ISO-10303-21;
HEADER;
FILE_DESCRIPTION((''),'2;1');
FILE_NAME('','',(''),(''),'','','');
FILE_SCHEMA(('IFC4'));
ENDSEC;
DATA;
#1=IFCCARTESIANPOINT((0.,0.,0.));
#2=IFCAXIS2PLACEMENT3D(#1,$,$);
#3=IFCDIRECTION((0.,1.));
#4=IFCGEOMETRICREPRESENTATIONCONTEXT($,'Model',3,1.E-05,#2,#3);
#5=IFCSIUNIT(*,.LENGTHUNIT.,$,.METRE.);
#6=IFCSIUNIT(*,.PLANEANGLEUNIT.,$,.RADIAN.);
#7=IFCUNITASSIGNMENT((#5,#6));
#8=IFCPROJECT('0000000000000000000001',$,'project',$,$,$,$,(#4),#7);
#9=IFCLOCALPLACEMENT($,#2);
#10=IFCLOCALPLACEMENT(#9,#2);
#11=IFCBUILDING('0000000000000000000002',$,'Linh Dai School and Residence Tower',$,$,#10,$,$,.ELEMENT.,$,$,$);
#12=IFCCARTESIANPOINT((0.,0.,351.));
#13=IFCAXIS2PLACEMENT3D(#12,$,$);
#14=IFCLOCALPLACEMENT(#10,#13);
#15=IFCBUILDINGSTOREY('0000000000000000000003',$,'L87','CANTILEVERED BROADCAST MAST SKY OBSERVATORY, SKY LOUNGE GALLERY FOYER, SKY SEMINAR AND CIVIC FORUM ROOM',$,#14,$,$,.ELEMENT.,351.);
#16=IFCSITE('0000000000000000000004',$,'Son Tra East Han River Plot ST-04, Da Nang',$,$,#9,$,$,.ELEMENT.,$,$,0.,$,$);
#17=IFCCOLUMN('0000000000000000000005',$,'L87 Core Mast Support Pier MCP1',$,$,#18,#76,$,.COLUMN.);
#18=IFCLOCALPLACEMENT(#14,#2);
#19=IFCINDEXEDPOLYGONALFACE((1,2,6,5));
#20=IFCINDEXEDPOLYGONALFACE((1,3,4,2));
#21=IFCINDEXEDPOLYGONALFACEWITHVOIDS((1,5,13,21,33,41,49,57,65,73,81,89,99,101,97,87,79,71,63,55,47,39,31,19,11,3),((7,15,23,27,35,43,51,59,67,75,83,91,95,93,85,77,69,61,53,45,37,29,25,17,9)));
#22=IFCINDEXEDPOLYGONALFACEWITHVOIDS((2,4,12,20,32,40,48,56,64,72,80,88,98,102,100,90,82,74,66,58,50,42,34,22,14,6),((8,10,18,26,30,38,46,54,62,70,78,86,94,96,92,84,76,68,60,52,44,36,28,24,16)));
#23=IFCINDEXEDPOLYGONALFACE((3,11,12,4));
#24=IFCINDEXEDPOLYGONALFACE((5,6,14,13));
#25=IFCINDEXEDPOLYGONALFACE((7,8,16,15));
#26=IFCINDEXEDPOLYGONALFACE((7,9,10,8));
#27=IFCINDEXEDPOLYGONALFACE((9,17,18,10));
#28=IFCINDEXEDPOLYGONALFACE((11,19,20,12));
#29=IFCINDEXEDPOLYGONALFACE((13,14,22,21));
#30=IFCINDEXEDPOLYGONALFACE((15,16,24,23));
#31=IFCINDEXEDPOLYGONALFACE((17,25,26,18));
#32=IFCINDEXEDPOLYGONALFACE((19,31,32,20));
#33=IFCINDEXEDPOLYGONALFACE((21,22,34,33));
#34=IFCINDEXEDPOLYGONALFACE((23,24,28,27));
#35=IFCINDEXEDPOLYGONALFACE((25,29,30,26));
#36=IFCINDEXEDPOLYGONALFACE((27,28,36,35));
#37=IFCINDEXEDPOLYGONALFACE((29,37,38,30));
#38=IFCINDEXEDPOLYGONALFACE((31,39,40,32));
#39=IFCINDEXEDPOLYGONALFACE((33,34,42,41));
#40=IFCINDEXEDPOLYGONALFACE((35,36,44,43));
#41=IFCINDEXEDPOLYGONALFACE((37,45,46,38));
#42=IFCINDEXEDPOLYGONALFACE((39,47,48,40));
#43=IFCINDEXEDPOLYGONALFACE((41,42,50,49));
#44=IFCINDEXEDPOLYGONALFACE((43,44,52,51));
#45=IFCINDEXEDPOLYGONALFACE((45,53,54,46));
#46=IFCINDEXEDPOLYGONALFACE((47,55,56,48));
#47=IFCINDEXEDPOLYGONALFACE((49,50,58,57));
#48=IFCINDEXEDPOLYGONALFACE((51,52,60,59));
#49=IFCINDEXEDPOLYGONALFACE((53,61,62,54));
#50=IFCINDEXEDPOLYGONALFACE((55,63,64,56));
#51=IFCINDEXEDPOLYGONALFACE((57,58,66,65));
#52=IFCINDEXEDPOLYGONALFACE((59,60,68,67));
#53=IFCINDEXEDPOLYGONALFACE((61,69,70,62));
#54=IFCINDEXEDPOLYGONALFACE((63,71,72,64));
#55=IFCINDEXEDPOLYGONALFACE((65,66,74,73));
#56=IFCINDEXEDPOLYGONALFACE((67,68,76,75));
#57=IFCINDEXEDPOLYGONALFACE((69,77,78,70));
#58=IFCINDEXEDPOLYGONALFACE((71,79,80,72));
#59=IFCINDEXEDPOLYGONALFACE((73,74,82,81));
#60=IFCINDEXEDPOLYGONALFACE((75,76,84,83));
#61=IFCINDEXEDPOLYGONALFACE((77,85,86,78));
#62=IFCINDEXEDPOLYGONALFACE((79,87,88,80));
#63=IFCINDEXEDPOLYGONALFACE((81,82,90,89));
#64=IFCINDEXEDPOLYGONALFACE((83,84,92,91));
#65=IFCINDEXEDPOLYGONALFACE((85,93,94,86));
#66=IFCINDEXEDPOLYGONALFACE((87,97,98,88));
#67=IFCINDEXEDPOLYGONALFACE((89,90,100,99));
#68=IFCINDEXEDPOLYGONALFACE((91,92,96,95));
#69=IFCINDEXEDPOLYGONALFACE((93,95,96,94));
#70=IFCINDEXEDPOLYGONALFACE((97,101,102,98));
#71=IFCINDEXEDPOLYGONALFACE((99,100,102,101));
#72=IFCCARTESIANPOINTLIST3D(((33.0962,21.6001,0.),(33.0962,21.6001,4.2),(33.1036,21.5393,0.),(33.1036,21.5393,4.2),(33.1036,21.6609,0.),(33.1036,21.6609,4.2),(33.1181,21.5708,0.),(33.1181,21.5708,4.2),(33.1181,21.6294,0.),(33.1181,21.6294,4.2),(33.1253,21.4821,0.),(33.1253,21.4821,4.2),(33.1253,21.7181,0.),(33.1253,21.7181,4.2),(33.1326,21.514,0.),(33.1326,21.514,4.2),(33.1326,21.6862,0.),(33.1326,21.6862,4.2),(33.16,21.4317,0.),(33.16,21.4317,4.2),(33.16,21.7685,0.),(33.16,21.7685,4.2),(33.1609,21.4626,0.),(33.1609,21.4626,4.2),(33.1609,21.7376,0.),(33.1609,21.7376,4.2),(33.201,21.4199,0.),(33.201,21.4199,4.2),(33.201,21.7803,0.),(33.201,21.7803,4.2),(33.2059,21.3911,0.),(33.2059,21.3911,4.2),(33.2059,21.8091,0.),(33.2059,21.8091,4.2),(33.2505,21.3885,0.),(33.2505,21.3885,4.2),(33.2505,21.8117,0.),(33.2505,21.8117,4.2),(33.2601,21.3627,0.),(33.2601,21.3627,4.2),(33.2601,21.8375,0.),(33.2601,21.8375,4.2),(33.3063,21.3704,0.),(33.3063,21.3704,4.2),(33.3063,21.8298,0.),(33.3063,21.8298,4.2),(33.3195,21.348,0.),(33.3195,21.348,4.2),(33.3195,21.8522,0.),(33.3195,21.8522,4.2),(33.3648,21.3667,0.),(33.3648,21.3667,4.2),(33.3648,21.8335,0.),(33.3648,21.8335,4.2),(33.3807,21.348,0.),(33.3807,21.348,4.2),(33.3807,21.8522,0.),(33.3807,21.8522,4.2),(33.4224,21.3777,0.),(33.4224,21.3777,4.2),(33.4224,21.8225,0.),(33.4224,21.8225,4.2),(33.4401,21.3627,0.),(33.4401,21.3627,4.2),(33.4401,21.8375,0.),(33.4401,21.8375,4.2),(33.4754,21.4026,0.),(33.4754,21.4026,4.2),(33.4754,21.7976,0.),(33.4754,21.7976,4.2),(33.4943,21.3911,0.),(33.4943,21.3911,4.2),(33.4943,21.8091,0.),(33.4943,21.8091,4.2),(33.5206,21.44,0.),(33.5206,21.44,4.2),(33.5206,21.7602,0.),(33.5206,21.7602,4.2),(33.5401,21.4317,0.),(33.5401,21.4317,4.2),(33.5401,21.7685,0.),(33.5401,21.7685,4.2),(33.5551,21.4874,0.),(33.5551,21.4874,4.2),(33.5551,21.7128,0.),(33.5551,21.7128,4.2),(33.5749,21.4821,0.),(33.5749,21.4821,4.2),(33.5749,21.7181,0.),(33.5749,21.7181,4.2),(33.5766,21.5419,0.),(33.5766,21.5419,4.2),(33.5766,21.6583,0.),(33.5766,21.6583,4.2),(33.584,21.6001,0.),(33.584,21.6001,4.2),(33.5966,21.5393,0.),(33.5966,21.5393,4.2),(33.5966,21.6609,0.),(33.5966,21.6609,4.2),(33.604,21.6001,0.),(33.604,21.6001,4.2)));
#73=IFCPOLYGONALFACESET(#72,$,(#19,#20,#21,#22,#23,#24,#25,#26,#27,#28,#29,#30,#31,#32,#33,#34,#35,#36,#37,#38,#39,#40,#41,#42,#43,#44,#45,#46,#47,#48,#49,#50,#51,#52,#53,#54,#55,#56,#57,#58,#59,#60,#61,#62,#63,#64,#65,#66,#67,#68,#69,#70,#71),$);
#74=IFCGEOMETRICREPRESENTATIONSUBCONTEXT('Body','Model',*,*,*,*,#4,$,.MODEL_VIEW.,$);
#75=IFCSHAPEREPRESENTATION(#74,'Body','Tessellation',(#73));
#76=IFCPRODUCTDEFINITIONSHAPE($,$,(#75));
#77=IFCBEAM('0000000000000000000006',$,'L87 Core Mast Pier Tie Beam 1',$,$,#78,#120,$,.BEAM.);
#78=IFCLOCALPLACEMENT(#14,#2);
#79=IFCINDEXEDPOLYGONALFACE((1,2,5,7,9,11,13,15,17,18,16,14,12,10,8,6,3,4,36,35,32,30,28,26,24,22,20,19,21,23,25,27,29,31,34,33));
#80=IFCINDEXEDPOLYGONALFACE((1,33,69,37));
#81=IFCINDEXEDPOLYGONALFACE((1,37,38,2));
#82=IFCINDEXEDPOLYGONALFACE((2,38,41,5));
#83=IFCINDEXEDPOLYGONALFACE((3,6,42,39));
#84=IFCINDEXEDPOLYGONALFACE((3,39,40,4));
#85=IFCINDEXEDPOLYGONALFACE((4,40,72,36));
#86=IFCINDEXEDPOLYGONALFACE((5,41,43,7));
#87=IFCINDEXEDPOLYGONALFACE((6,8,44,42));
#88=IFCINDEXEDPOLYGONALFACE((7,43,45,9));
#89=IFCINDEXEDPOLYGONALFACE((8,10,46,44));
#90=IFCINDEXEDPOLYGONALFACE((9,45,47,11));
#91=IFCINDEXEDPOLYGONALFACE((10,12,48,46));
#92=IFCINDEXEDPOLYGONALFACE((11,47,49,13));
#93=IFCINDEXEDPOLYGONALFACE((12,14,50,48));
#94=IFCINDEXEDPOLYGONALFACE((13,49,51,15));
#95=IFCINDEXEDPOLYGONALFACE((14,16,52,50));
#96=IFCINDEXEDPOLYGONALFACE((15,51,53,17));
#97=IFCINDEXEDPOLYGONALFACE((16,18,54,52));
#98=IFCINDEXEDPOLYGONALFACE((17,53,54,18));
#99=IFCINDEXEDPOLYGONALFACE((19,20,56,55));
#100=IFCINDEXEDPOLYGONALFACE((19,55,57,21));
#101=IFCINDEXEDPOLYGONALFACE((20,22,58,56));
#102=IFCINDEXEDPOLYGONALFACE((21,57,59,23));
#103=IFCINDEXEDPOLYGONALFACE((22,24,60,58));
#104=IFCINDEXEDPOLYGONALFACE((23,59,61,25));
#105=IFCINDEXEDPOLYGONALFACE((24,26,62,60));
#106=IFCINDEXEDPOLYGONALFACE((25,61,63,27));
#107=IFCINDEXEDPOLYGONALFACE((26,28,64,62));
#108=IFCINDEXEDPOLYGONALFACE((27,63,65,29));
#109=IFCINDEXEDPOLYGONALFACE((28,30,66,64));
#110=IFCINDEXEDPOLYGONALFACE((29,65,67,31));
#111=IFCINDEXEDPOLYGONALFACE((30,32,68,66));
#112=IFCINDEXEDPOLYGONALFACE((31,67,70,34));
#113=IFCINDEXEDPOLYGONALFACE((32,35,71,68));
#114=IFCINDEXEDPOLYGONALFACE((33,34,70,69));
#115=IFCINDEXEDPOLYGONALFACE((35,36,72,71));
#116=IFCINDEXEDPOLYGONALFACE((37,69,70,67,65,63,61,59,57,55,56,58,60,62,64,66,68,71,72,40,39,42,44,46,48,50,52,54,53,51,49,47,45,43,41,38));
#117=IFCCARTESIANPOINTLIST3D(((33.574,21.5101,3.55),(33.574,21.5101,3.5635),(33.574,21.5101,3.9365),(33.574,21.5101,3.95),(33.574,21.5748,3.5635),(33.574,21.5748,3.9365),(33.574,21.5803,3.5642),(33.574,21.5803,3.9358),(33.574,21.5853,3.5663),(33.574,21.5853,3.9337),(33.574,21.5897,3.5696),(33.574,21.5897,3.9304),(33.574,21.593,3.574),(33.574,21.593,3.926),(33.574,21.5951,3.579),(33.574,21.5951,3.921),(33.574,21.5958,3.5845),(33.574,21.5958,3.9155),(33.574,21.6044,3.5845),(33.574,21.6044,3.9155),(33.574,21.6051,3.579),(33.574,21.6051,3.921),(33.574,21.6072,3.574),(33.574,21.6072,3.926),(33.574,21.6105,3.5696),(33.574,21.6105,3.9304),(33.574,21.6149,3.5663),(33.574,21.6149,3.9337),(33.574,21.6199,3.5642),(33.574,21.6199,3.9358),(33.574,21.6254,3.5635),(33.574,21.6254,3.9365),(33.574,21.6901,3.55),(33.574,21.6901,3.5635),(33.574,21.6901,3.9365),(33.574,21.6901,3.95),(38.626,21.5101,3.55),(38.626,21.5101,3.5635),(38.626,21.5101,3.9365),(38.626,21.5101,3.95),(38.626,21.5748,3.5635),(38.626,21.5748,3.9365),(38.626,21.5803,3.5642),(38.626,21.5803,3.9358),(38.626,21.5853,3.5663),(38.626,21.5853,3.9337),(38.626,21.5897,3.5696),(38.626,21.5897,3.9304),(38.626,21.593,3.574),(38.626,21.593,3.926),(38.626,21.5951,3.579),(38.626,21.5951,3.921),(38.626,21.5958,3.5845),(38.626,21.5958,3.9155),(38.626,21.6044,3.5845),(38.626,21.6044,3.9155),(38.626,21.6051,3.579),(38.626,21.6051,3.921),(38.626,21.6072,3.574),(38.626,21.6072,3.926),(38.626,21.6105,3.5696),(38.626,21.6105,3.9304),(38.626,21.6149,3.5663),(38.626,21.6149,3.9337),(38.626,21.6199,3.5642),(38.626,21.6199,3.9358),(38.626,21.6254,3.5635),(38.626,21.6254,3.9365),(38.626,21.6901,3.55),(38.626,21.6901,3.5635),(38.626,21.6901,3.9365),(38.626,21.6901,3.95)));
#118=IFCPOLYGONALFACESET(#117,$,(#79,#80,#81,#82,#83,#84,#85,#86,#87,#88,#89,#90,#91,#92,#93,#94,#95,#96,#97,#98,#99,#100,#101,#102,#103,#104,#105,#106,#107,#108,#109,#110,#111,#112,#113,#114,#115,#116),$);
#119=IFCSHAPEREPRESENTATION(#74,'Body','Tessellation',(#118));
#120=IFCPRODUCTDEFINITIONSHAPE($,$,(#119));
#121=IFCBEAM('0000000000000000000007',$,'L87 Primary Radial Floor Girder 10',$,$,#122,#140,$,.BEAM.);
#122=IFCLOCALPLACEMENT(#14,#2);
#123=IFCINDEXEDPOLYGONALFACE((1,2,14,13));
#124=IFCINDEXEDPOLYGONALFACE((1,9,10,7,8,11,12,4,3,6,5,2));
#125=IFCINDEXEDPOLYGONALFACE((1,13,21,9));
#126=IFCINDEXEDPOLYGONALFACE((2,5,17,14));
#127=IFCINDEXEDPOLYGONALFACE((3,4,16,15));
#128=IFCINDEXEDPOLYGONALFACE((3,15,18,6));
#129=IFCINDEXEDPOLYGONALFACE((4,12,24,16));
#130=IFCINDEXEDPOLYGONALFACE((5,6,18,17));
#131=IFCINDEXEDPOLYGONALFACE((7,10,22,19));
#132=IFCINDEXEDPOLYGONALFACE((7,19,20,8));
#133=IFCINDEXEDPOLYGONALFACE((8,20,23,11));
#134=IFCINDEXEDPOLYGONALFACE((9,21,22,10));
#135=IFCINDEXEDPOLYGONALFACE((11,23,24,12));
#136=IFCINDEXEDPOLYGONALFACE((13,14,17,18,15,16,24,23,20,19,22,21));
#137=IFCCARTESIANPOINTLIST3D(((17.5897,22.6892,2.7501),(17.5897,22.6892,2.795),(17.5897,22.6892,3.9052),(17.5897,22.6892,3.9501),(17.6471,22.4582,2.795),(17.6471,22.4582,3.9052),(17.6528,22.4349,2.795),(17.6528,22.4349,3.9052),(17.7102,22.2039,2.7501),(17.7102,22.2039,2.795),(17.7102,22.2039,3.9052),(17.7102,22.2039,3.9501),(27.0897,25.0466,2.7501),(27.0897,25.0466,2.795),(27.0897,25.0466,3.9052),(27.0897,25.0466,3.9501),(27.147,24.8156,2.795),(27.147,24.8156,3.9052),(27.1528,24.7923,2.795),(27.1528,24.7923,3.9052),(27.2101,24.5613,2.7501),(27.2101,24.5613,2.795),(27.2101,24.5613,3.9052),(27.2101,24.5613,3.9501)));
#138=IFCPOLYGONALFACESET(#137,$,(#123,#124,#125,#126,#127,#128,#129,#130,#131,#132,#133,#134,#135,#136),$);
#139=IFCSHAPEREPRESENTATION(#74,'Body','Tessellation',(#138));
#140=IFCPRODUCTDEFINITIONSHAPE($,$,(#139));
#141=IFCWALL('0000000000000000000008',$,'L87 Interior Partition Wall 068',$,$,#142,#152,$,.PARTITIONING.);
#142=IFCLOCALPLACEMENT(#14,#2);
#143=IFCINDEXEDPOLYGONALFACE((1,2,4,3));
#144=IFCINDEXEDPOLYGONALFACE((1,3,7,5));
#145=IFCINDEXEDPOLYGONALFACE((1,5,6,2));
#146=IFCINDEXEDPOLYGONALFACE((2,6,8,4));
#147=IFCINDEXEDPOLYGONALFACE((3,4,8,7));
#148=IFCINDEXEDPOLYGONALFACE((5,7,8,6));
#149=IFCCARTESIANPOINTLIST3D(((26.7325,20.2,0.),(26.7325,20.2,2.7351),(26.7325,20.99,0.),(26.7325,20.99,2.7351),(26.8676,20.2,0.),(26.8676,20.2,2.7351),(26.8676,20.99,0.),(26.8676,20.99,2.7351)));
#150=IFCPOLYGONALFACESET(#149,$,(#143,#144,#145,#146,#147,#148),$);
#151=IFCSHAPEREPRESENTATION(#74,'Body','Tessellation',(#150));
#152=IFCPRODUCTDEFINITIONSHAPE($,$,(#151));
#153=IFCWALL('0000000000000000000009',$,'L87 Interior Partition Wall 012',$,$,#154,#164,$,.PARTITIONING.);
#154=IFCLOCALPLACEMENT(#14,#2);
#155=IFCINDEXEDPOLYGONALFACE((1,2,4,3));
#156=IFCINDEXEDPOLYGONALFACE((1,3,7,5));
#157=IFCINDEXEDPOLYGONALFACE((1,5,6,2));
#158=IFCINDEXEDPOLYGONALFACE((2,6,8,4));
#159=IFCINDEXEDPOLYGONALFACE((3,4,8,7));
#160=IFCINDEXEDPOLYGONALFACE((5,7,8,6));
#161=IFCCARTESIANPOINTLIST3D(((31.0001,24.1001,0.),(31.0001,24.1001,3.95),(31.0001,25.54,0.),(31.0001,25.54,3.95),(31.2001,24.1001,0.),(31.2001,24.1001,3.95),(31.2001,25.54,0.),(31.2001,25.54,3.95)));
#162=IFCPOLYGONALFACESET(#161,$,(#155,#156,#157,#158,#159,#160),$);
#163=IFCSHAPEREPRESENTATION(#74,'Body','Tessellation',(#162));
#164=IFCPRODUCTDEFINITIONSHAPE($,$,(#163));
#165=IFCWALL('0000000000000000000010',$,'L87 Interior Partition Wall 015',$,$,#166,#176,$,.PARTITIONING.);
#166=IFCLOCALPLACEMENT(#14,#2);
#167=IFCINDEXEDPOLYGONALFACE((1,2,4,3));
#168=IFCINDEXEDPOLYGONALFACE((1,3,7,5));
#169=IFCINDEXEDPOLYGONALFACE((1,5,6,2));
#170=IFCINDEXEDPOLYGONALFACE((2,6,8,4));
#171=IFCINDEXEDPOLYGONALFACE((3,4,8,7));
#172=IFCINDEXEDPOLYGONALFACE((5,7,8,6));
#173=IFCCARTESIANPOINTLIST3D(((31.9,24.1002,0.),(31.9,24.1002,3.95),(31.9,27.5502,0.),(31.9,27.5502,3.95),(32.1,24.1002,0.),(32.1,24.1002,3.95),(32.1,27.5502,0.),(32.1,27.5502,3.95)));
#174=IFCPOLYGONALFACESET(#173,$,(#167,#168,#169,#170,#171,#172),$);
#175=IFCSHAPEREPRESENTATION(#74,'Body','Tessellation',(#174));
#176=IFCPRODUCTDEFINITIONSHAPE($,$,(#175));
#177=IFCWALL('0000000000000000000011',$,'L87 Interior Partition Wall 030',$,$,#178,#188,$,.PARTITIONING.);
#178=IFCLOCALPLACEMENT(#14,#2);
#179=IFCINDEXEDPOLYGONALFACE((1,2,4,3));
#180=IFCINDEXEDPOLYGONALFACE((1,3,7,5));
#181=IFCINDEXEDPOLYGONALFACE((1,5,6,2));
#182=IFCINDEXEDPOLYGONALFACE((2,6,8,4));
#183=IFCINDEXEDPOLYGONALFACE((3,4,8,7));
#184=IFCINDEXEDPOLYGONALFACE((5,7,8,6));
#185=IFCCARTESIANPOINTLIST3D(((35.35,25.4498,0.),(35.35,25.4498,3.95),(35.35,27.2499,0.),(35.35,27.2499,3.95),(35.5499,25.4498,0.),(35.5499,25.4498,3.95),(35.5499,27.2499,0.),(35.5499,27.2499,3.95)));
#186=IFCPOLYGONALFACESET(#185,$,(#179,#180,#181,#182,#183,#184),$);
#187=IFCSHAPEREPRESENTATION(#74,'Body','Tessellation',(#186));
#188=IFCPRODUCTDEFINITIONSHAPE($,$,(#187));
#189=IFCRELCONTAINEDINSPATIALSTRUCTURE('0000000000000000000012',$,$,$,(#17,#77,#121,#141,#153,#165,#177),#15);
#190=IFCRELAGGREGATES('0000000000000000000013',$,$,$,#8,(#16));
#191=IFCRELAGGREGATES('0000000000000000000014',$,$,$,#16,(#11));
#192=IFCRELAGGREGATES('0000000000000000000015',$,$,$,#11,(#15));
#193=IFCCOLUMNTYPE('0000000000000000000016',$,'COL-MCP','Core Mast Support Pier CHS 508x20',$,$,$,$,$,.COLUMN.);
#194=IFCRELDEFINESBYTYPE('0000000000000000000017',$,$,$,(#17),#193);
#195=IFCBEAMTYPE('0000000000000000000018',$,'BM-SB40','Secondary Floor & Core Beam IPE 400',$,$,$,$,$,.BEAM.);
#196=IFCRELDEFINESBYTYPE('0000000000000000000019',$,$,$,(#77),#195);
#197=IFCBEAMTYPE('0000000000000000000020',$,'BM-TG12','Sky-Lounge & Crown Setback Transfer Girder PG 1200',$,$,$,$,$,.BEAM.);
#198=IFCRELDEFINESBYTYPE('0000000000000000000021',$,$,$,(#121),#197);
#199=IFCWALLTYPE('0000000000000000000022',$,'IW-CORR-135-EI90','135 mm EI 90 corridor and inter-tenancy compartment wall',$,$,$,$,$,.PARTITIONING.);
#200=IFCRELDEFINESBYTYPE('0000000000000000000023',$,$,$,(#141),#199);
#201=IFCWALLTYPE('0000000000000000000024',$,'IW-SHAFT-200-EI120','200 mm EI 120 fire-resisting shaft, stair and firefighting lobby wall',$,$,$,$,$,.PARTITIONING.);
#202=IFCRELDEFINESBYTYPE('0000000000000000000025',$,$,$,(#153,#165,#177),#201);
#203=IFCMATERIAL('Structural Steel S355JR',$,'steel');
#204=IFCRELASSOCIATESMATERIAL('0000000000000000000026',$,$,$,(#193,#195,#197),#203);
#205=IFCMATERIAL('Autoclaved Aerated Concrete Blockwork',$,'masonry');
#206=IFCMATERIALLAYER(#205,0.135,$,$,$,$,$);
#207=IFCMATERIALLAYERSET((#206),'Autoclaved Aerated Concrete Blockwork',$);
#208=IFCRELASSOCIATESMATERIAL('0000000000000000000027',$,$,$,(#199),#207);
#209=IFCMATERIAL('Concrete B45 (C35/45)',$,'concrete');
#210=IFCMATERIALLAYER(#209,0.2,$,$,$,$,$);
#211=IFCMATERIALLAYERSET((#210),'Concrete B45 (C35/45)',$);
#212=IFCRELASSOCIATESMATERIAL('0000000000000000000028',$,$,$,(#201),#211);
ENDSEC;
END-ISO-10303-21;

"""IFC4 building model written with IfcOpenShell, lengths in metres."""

from ifc_helpers import new_model, si_unit, direction, frame, frame_2d, origin, origin_2d, place, context, subcontext, project, spatial, rectangle, hollow_circle, i_section, extrude, material, layer, layer_set, material_profile, profile_set, type_object, element, save


model = new_model("IFC4")

# Units and contexts
model_context = context("Model", 3, precision=1e-05, world=origin(), true_north=direction((0.0, 1.0)))
body_context = subcontext(model_context, "Body", "Model", "MODEL_VIEW")
ifc_project = project(units=[si_unit("LENGTHUNIT", "METRE"), si_unit("PLANEANGLEUNIT", "RADIAN")], contexts=[model_context])

# Site, building, storey
site_placement = place(None, origin())
site = spatial("IfcSite", under=ifc_project, at=site_placement, Name="Son Tra East Han River Plot ST-04, Da Nang", CompositionType="ELEMENT", RefElevation=0.0)
building_placement = place(site_placement, origin())
building = spatial("IfcBuilding", under=site, at=building_placement, Name="Linh Dai School and Residence Tower", CompositionType="ELEMENT")
storey_placement = place(building_placement, frame((0.0, 0.0, 351.0)))
storey = spatial("IfcBuildingStorey", under=building, at=storey_placement, Name="L87", Description="CANTILEVERED BROADCAST MAST SKY OBSERVATORY, SKY LOUNGE GALLERY FOYER, SKY SEMINAR AND CIVIC FORUM ROOM", CompositionType="ELEMENT", Elevation=351.0)

# Column
ifc_material_1 = material(Name="Structural Steel S355JR", Category="steel")
ifc_material_profile_1 = material_profile(ifc_material_1, hollow_circle(Radius=0.2539, WallThickness=0.02, at=origin_2d()), Name="CHS 508x20")
ifc_profile_set_1 = profile_set([ifc_material_profile_1], Name="Structural Steel S355JR")
column_type = type_object("IfcColumnType", Name="COL-MCP", Description="Core Mast Support Pier CHS 508x20", PredefinedType="COLUMN", material=ifc_profile_set_1)
column_placement = place(storey_placement, frame((33.3501, 21.6001, 0.0), z_axis=(0.0, 0.0, 1.0), x_axis=(1.0, 0.0, 0.0)))
element("IfcColumn", 1, at=column_placement, inside=storey, type_object=column_type, Name="L87 Core Mast Support Pier MCP1", PredefinedType="COLUMN", context=body_context, shape_type="SweptSolid", body=[
    extrude(hollow_circle(Radius=0.2539, WallThickness=0.02, at=origin_2d()), origin(), (0.0, 0.0, 1.0), 4.2),
])

# Beams
ifc_material_profile_2 = material_profile(ifc_material_1, i_section(OverallWidth=0.1799, OverallDepth=0.3999, WebThickness=0.0085, FlangeThickness=0.0134, FilletRadius=0.021, at=origin_2d()), Name="IPE 400")
ifc_profile_set_2 = profile_set([ifc_material_profile_2], Name="Structural Steel S355JR")
beam_type_1 = type_object("IfcBeamType", Name="BM-SB40", Description="Secondary Floor & Core Beam IPE 400", PredefinedType="BEAM", material=ifc_profile_set_2)
beam_1_placement = place(storey_placement, frame((33.574, 21.6001, 3.75), z_axis=(1.0, 0.0, 0.0), x_axis=(0.0, 1.0, 0.0)))
element("IfcBeam", 2, at=beam_1_placement, inside=storey, type_object=beam_type_1, Name="L87 Core Mast Pier Tie Beam 1", PredefinedType="BEAM", context=body_context, shape_type="SweptSolid", body=[
    extrude(i_section(OverallWidth=0.1799, OverallDepth=0.3999, WebThickness=0.0085, FlangeThickness=0.0134, FilletRadius=0.021, at=origin_2d()), origin(), (0.0, 0.0, 1.0), 5.052),
])
ifc_material_profile_3 = material_profile(ifc_material_1, i_section(OverallWidth=0.5, OverallDepth=1.2, WebThickness=0.0239, FlangeThickness=0.0449, at=origin_2d()), Name="PG 1200x500x24x45")
ifc_profile_set_3 = profile_set([ifc_material_profile_3], Name="Structural Steel S355JR")
beam_type_2 = type_object("IfcBeamType", Name="BM-TG12", Description="Sky-Lounge & Crown Setback Transfer Girder PG 1200", PredefinedType="BEAM", material=ifc_profile_set_3)
beam_2_placement = place(storey_placement, frame((27.1499, 24.804, 3.3501), z_axis=(-0.970564, -0.240845, 0.0), x_axis=(0.240845, -0.970564, 0.0)))
element("IfcBeam", 3, at=beam_2_placement, inside=storey, type_object=beam_type_2, Name="L87 Primary Radial Floor Girder 10", PredefinedType="BEAM", context=body_context, shape_type="SweptSolid", body=[
    extrude(i_section(OverallWidth=0.5, OverallDepth=1.2, WebThickness=0.0239, FlangeThickness=0.0449, at=origin_2d()), origin(), (0.0, 0.0, 1.0), 9.7881),
])

# Shared definitions
ifc_material_2 = material(Name="Autoclaved Aerated Concrete Blockwork", Category="masonry")
ifc_layer_1 = layer(ifc_material_2, 0.135)
ifc_layer_set_1 = layer_set([ifc_layer_1], Name="Autoclaved Aerated Concrete Blockwork")
wall_type_1 = type_object("IfcWallType", Name="IW-CORR-135-EI90", Description="135 mm EI 90 corridor and inter-tenancy compartment wall", PredefinedType="PARTITIONING", material=ifc_layer_set_1)

# Wall
wall_1_placement = place(storey_placement, frame((26.8, 20.99, 0.0), z_axis=(0.0, 0.0, 1.0), x_axis=(0.0, -1.0, 0.0)))
element("IfcWall", 4, at=wall_1_placement, inside=storey, type_object=wall_type_1, Name="L87 Interior Partition Wall 068", PredefinedType="PARTITIONING", context=body_context, shape_type="SweptSolid", body=[
    extrude(rectangle(XDim=0.79, YDim=0.135, at=frame_2d((0.395, 0.0))), origin(), (0.0, 0.0, 1.0), 2.7351),
])

# Shared definitions
ifc_material_3 = material(Name="Concrete B45 (C35/45)", Category="concrete")
ifc_layer_2 = layer(ifc_material_3, 0.2)
ifc_layer_set_2 = layer_set([ifc_layer_2], Name="Concrete B45 (C35/45)")
wall_type_2 = type_object("IfcWallType", Name="IW-SHAFT-200-EI120", Description="200 mm EI 120 fire-resisting shaft, stair and firefighting lobby wall", PredefinedType="PARTITIONING", material=ifc_layer_set_2)

# Walls
wall_2_placement = place(storey_placement, frame((31.1001, 24.1001, 0.0), z_axis=(0.0, 0.0, 1.0), x_axis=(0.0, 1.0, 0.0)))
element("IfcWall", 5, at=wall_2_placement, inside=storey, type_object=wall_type_2, Name="L87 Interior Partition Wall 012", PredefinedType="PARTITIONING", context=body_context, shape_type="SweptSolid", body=[
    extrude(rectangle(XDim=1.4399, YDim=0.2, at=frame_2d((0.72, 0.0))), origin(), (0.0, 0.0, 1.0), 3.95),
])
wall_3_placement = place(storey_placement, frame((32.0, 24.1001, 0.0), z_axis=(0.0, 0.0, 1.0), x_axis=(0.0, 1.0, 0.0)))
element("IfcWall", 6, at=wall_3_placement, inside=storey, type_object=wall_type_2, Name="L87 Interior Partition Wall 015", PredefinedType="PARTITIONING", context=body_context, shape_type="SweptSolid", body=[
    extrude(rectangle(XDim=3.45, YDim=0.2, at=frame_2d((1.7251, 0.0))), origin(), (0.0, 0.0, 1.0), 3.95),
])

# Wall
wall_4_placement = place(storey_placement, frame((35.45, 25.45, 0.0), z_axis=(0.0, 0.0, 1.0), x_axis=(0.0, 1.0, 0.0)))
element("IfcWall", 7, at=wall_4_placement, inside=storey, type_object=wall_type_2, Name="L87 Interior Partition Wall 030", PredefinedType="PARTITIONING", context=body_context, shape_type="SweptSolid", body=[
    extrude(rectangle(XDim=1.8, YDim=0.2, at=frame_2d((0.8999, 0.0))), origin(), (0.0, 0.0, 1.0), 3.95),
])

save(model, "model.ifc")
